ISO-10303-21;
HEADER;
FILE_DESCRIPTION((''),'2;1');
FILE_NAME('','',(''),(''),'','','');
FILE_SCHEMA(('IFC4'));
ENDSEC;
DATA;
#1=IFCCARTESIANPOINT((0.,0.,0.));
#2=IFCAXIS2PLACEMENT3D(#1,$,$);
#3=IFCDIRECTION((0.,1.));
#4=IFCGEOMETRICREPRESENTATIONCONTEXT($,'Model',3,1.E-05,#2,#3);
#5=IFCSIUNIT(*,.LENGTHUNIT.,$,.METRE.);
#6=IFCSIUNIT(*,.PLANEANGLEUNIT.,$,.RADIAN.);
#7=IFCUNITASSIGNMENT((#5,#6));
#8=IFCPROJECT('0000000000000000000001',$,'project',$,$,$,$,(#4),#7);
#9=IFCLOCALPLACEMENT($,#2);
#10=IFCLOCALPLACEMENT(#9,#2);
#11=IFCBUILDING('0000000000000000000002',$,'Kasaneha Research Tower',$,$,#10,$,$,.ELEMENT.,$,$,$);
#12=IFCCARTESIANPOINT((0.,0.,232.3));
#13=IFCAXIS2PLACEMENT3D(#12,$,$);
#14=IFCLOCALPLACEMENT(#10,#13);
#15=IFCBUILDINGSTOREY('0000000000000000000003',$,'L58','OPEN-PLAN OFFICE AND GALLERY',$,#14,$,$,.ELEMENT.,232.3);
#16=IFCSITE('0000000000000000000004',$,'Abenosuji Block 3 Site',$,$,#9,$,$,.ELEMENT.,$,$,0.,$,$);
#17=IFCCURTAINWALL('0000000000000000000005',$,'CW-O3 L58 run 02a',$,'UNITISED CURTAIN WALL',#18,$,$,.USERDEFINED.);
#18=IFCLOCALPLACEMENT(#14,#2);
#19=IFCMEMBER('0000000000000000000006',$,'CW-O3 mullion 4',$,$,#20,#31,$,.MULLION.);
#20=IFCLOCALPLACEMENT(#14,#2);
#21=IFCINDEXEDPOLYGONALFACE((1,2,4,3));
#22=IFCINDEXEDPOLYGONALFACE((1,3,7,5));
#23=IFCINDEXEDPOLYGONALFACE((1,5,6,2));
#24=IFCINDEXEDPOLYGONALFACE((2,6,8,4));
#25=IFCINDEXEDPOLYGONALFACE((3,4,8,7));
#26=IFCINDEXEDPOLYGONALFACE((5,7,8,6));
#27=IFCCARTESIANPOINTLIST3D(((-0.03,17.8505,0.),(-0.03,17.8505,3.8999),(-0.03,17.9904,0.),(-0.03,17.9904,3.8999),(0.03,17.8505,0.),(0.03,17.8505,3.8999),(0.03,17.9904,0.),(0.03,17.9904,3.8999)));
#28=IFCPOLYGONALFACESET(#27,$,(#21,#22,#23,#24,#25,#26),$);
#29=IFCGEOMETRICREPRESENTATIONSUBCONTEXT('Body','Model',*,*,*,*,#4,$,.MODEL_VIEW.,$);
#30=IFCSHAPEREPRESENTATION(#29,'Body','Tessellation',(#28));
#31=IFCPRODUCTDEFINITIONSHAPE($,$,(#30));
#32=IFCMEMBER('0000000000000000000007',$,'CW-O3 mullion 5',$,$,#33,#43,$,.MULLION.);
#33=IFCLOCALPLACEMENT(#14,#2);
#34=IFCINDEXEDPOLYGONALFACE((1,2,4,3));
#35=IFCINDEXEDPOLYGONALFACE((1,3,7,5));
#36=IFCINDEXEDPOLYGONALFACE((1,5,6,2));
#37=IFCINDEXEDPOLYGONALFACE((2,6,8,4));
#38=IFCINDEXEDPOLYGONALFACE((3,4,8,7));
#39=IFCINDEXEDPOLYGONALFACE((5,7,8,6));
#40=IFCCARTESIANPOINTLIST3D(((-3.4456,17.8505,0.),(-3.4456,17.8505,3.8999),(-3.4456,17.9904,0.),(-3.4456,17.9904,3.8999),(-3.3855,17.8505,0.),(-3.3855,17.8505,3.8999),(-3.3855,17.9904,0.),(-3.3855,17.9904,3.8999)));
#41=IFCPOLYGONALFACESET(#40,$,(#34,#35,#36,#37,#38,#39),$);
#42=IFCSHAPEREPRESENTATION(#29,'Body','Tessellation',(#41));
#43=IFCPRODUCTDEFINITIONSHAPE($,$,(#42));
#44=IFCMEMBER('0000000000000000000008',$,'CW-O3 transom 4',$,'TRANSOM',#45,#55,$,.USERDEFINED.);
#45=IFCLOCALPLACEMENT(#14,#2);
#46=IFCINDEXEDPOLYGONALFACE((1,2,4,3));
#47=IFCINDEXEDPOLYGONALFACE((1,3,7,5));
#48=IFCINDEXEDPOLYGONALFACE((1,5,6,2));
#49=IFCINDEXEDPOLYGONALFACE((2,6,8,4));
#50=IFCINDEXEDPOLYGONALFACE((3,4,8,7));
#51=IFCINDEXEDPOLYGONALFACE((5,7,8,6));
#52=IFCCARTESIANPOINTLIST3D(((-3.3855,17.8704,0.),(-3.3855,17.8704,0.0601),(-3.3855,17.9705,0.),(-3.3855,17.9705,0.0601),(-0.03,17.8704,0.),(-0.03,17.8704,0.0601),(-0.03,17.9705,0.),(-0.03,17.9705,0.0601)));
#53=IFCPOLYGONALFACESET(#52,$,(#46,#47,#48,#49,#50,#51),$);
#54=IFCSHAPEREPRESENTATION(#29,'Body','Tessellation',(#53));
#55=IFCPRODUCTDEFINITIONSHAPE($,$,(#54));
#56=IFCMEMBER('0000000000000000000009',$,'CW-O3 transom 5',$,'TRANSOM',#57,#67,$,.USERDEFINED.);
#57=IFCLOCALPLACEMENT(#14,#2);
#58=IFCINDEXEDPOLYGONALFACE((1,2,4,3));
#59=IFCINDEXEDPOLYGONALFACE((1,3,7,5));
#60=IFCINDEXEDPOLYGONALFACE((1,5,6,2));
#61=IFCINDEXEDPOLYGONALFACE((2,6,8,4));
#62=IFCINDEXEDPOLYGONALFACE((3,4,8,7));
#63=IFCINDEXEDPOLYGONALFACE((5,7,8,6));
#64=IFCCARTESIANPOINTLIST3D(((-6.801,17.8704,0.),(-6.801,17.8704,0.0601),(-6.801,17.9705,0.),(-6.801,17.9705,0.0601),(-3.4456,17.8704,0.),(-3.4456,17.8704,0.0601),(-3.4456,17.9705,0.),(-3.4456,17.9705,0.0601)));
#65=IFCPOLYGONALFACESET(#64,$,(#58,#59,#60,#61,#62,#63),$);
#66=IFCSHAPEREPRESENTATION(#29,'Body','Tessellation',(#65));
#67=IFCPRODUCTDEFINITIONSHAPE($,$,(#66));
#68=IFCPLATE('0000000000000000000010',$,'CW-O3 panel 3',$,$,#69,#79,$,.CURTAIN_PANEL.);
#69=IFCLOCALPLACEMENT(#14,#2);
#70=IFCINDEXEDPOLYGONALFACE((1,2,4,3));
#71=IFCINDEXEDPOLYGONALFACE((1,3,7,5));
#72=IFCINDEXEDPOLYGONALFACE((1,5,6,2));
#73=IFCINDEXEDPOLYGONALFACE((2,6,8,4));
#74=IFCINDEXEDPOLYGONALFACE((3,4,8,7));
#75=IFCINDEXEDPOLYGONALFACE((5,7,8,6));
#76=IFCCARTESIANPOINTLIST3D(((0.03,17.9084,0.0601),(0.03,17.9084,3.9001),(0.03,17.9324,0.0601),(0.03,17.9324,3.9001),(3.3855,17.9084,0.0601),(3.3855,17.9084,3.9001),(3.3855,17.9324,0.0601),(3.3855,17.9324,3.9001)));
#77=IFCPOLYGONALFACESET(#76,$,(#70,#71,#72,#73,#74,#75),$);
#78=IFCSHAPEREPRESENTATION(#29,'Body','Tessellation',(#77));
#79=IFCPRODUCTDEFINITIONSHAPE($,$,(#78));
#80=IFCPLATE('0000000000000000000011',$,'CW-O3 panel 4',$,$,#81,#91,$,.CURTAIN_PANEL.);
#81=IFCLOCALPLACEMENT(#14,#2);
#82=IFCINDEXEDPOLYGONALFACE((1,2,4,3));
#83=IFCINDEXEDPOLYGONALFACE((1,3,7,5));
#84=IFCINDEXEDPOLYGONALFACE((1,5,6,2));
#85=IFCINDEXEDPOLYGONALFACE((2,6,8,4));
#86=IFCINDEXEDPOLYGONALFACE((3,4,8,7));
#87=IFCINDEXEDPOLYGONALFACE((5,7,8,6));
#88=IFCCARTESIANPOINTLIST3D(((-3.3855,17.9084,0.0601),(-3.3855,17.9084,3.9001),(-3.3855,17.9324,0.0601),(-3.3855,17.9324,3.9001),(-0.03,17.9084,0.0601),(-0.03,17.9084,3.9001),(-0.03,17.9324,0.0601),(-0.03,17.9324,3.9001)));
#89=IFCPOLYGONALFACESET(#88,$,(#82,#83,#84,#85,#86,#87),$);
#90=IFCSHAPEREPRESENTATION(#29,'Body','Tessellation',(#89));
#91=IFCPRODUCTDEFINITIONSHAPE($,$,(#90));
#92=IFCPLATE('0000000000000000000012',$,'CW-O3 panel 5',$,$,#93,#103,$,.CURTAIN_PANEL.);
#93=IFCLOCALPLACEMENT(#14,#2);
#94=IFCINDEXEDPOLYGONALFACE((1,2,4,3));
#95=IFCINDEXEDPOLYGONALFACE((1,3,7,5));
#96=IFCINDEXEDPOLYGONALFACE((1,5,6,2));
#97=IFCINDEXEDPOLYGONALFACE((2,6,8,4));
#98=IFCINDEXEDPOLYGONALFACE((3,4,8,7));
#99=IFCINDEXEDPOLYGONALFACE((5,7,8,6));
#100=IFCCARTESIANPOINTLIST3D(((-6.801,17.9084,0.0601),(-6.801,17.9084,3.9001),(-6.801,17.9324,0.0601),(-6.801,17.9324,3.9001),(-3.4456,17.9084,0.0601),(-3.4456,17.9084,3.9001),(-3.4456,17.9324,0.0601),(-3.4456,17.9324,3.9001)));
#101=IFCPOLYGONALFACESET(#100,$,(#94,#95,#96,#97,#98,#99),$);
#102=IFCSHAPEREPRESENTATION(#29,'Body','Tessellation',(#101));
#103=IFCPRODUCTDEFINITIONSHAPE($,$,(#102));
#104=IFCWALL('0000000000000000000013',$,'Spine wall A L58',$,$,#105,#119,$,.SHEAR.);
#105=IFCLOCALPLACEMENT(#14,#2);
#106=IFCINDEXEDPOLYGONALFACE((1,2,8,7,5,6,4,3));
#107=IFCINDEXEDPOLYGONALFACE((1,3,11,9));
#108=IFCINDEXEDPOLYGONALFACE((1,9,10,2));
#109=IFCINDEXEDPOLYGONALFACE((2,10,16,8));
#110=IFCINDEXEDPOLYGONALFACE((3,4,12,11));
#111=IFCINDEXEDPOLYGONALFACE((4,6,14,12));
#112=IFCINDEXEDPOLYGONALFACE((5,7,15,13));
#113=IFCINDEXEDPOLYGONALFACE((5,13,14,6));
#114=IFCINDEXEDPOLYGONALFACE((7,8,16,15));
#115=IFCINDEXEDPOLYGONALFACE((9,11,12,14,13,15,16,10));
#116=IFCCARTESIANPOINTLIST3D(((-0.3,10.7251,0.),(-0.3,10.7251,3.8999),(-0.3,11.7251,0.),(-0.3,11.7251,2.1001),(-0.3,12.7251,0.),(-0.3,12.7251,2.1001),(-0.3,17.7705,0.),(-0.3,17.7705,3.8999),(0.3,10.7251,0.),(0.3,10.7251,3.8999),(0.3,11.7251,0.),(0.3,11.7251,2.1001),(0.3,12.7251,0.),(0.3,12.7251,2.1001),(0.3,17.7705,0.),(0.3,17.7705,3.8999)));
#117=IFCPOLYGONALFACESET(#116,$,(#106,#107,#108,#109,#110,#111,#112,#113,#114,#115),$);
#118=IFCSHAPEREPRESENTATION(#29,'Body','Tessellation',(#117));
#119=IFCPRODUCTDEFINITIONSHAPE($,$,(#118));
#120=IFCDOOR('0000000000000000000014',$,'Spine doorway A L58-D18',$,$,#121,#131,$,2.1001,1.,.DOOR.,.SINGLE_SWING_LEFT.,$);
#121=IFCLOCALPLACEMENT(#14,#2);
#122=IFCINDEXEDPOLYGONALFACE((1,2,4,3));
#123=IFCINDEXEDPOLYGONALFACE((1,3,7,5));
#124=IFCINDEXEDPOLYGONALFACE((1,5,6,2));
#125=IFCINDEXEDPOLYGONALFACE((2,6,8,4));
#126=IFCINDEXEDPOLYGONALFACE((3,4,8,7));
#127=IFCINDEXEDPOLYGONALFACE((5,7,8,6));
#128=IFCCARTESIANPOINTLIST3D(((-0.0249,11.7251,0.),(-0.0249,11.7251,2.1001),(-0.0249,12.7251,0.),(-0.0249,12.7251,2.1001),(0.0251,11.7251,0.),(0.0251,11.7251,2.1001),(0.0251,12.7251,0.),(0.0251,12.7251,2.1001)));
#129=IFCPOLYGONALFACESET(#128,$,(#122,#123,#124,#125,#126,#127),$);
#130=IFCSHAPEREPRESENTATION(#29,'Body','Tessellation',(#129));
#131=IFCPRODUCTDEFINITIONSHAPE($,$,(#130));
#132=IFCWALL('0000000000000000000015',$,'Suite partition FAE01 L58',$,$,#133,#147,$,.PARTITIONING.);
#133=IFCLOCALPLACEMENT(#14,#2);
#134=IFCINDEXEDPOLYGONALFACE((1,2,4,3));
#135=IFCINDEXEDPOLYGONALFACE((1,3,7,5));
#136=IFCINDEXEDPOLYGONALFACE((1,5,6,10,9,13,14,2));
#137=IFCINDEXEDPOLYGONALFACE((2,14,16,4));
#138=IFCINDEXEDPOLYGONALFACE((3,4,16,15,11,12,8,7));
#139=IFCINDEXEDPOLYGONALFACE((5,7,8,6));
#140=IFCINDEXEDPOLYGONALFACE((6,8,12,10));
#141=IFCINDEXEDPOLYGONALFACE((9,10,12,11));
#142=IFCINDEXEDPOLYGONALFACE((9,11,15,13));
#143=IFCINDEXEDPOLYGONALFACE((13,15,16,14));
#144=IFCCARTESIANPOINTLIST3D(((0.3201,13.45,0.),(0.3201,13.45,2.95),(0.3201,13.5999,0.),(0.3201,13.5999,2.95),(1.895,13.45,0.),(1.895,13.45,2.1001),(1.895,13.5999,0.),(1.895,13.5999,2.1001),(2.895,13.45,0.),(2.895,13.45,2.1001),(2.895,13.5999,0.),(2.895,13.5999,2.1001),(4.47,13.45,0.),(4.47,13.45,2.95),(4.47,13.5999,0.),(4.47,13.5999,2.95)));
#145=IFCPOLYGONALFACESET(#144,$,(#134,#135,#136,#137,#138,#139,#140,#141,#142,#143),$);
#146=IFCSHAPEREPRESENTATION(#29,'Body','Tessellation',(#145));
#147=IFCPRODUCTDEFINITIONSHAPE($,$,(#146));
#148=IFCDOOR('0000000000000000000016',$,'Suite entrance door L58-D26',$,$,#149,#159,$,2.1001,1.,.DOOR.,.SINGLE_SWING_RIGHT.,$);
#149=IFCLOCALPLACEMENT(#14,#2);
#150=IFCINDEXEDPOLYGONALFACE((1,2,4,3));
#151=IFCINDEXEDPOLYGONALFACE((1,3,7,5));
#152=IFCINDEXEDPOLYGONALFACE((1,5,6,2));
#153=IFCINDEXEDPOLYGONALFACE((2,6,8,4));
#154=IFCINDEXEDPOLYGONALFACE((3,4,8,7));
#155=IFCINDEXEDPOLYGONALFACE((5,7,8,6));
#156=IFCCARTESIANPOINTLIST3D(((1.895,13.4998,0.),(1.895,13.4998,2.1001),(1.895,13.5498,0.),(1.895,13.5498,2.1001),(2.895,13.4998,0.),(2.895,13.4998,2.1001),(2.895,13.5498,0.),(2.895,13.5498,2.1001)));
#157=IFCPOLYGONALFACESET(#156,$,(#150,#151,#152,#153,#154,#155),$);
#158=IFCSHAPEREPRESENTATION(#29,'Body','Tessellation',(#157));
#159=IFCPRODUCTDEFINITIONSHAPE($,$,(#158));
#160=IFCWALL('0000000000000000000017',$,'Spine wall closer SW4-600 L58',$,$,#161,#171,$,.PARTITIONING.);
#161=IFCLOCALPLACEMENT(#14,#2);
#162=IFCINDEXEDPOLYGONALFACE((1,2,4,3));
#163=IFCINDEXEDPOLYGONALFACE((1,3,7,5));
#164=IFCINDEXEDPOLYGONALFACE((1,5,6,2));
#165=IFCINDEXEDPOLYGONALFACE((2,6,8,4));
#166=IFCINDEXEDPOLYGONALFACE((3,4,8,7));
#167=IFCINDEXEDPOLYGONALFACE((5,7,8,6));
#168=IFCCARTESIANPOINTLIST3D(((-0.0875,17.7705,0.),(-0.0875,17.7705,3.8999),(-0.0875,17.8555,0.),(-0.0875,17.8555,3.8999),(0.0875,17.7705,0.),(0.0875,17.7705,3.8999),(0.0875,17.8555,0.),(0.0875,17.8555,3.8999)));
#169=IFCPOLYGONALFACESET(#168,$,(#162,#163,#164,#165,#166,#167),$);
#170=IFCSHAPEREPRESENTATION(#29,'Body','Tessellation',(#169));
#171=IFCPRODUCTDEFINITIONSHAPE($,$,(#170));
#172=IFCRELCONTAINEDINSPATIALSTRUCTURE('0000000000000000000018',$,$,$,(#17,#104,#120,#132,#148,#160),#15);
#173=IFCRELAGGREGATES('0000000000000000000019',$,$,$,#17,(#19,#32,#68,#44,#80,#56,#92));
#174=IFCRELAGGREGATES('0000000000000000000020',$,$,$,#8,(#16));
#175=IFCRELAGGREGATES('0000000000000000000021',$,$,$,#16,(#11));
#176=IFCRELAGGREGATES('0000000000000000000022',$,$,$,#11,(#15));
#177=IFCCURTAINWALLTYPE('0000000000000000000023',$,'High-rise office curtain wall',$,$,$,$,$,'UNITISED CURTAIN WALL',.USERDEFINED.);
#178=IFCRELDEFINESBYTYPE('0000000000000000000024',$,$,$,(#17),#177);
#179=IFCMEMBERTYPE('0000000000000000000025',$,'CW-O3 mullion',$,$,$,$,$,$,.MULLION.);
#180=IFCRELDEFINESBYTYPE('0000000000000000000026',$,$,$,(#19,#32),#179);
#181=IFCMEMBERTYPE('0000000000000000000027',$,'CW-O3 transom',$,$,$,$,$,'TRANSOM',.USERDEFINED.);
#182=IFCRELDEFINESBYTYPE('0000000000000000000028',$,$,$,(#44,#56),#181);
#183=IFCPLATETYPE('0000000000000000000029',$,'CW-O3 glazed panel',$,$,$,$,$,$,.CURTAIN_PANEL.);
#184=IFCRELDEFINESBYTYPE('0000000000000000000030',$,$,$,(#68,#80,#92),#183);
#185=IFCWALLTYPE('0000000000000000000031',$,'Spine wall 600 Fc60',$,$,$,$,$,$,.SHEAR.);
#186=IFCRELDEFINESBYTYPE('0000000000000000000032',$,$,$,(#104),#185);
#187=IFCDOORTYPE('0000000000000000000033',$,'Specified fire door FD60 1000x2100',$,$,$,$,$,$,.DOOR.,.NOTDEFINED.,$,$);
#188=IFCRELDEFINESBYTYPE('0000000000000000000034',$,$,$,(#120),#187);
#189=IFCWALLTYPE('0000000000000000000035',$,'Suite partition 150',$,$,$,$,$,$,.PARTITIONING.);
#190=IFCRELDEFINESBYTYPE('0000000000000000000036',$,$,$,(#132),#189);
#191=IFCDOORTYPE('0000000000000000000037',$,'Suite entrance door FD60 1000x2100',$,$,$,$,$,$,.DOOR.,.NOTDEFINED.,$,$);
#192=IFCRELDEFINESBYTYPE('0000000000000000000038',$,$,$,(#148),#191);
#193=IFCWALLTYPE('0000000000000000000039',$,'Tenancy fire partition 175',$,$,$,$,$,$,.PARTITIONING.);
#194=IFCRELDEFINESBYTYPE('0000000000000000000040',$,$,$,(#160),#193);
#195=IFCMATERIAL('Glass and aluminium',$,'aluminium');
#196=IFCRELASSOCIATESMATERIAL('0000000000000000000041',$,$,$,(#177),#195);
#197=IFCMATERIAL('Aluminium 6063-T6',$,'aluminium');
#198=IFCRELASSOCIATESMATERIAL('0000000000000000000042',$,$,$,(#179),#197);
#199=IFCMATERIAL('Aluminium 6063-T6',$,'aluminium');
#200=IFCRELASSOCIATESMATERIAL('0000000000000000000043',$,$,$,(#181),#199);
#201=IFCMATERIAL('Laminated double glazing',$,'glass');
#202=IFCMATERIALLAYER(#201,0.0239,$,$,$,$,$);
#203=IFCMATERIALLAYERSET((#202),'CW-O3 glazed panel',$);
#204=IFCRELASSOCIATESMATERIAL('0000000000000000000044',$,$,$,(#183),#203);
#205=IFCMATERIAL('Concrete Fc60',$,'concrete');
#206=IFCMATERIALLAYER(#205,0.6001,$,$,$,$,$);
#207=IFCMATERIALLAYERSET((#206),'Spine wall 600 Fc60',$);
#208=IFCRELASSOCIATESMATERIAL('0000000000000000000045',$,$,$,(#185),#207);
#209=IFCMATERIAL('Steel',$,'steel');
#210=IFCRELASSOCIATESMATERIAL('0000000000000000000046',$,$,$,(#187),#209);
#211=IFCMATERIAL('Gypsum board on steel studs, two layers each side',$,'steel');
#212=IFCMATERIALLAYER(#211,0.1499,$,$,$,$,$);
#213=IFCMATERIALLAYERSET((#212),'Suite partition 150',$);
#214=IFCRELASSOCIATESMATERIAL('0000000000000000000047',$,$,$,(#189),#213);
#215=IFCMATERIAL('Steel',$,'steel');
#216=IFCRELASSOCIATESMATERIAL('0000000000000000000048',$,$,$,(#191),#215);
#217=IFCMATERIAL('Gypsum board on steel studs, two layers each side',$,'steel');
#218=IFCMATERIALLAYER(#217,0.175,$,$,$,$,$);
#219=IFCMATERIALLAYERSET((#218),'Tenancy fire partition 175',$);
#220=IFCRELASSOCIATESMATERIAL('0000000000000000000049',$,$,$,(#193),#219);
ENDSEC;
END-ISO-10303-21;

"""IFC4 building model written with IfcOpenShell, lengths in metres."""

from ifc_helpers import new_model, si_unit, direction, frame, frame_2d, origin, origin_2d, place, context, subcontext, project, spatial, rectangle, extrude, material, layer, layer_set, material_profile, profile_set, type_object, element, fill, aggregate, save


model = new_model("IFC4")

# Units and contexts
model_context = context("Model", 3, precision=1e-05, world=origin(), true_north=direction((0.0, 1.0)))
body_context = subcontext(model_context, "Body", "Model", "MODEL_VIEW")
ifc_project = project(units=[si_unit("LENGTHUNIT", "METRE"), si_unit("PLANEANGLEUNIT", "RADIAN")], contexts=[model_context])

# Site, building, storey
site_placement = place(None, origin())
site = spatial("IfcSite", under=ifc_project, at=site_placement, Name="Abenosuji Block 3 Site", CompositionType="ELEMENT", RefElevation=0.0)
building_placement = place(site_placement, origin())
building = spatial("IfcBuilding", under=site, at=building_placement, Name="Kasaneha Research Tower", CompositionType="ELEMENT")
storey_placement = place(building_placement, frame((0.0, 0.0, 232.3)))
storey = spatial("IfcBuildingStorey", under=building, at=storey_placement, Name="L58", Description="OPEN-PLAN OFFICE AND GALLERY", CompositionType="ELEMENT", Elevation=232.3)

# Curtain wall, members, plates
ifc_material_1 = material(Name="Glass and aluminium", Category="aluminium")
curtain_wall_type = type_object("IfcCurtainWallType", Name="High-rise office curtain wall", ElementType="UNITISED CURTAIN WALL", PredefinedType="USERDEFINED", material=ifc_material_1)
curtain_wall_placement = place(storey_placement, origin())
curtain_wall = element("IfcCurtainWall", 1, at=curtain_wall_placement, inside=storey, type_object=curtain_wall_type, Name="CW-O3 L58 run 02a", ObjectType="UNITISED CURTAIN WALL", PredefinedType="USERDEFINED")
ifc_material_2 = material(Name="Aluminium 6063-T6", Category="aluminium")
ifc_material_profile_1 = material_profile(ifc_material_2, rectangle(XDim=0.0601, YDim=0.1399, at=origin_2d()), Name="CW-O3 mullion 60x140")
ifc_profile_set_1 = profile_set([ifc_material_profile_1], Name="Aluminium 6063-T6")
member_type_1 = type_object("IfcMemberType", Name="CW-O3 mullion", PredefinedType="MULLION", material=ifc_profile_set_1)
member_1_placement = place(storey_placement, frame((0.0, 17.9204, 0.0), z_axis=(0.0, 0.0, 1.0), x_axis=(-1.0, 0.0, 0.0)))
member_1 = element("IfcMember", 2, at=member_1_placement, type_object=member_type_1, Name="CW-O3 mullion 4", PredefinedType="MULLION", context=body_context, shape_type="SweptSolid", body=[
    extrude(rectangle(XDim=0.0601, YDim=0.1399, at=origin_2d()), origin(), (0.0, 0.0, 1.0), 3.8999),
])
member_2_placement = place(storey_placement, frame((-3.4155, 17.9204, 0.0), z_axis=(0.0, 0.0, 1.0), x_axis=(-1.0, 0.0, 0.0)))
member_2 = element("IfcMember", 3, at=member_2_placement, type_object=member_type_1, Name="CW-O3 mullion 5", PredefinedType="MULLION", context=body_context, shape_type="SweptSolid", body=[
    extrude(rectangle(XDim=0.0601, YDim=0.1399, at=origin_2d()), origin(), (0.0, 0.0, 1.0), 3.8999),
])
ifc_material_3 = material(Name="Aluminium 6063-T6", Category="aluminium")
ifc_material_profile_2 = material_profile(ifc_material_3, rectangle(XDim=0.1001, YDim=0.0601, at=origin_2d()), Name="CW-O3 transom 100x60")
ifc_profile_set_2 = profile_set([ifc_material_profile_2], Name="Aluminium 6063-T6")
member_type_2 = type_object("IfcMemberType", Name="CW-O3 transom", ElementType="TRANSOM", PredefinedType="USERDEFINED", material=ifc_profile_set_2)
member_3_placement = place(storey_placement, frame((-0.03, 17.9204, 0.03), z_axis=(-1.0, 0.0, 0.0), x_axis=(0.0, -1.0, 0.0)))
member_3 = element("IfcMember", 4, at=member_3_placement, type_object=member_type_2, Name="CW-O3 transom 4", ObjectType="TRANSOM", PredefinedType="USERDEFINED", context=body_context, shape_type="SweptSolid", body=[
    extrude(rectangle(XDim=0.1001, YDim=0.0601, at=origin_2d()), origin(), (0.0, 0.0, 1.0), 3.3555),
])
member_4_placement = place(storey_placement, frame((-3.4456, 17.9204, 0.03), z_axis=(-1.0, 0.0, 0.0), x_axis=(0.0, -1.0, 0.0)))
member_4 = element("IfcMember", 5, at=member_4_placement, type_object=member_type_2, Name="CW-O3 transom 5", ObjectType="TRANSOM", PredefinedType="USERDEFINED", context=body_context, shape_type="SweptSolid", body=[
    extrude(rectangle(XDim=0.1001, YDim=0.0601, at=origin_2d()), origin(), (0.0, 0.0, 1.0), 3.3555),
])
ifc_material_4 = material(Name="Laminated double glazing", Category="glass")
ifc_layer_1 = layer(ifc_material_4, 0.0239)
ifc_layer_set_1 = layer_set([ifc_layer_1], Name="CW-O3 glazed panel")
plate_type = type_object("IfcPlateType", Name="CW-O3 glazed panel", PredefinedType="CURTAIN_PANEL", material=ifc_layer_set_1)
plate_1_placement = place(storey_placement, frame((1.7078, 17.9204, 0.0601), z_axis=(0.0, 0.0, 1.0), x_axis=(-1.0, 0.0, 0.0)))
plate_1 = element("IfcPlate", 6, at=plate_1_placement, type_object=plate_type, Name="CW-O3 panel 3", PredefinedType="CURTAIN_PANEL", context=body_context, shape_type="SweptSolid", body=[
    extrude(rectangle(XDim=3.3555, YDim=0.0239, at=origin_2d()), origin(), (0.0, 0.0, 1.0), 3.8401),
])
plate_2_placement = place(storey_placement, frame((-1.7078, 17.9204, 0.0601), z_axis=(0.0, 0.0, 1.0), x_axis=(-1.0, 0.0, 0.0)))
plate_2 = element("IfcPlate", 7, at=plate_2_placement, type_object=plate_type, Name="CW-O3 panel 4", PredefinedType="CURTAIN_PANEL", context=body_context, shape_type="SweptSolid", body=[
    extrude(rectangle(XDim=3.3555, YDim=0.0239, at=origin_2d()), origin(), (0.0, 0.0, 1.0), 3.8401),
])
plate_3_placement = place(storey_placement, frame((-5.1233, 17.9204, 0.0601), z_axis=(0.0, 0.0, 1.0), x_axis=(-1.0, 0.0, 0.0)))
plate_3 = element("IfcPlate", 8, at=plate_3_placement, type_object=plate_type, Name="CW-O3 panel 5", PredefinedType="CURTAIN_PANEL", context=body_context, shape_type="SweptSolid", body=[
    extrude(rectangle(XDim=3.3555, YDim=0.0239, at=origin_2d()), origin(), (0.0, 0.0, 1.0), 3.8401),
])
aggregate(curtain_wall, [member_1, member_2, plate_1, member_3, plate_2, member_4, plate_3])

# Walls, openings, doors
ifc_material_5 = material(Name="Concrete Fc60", Category="concrete")
ifc_layer_2 = layer(ifc_material_5, 0.6001)
ifc_layer_set_2 = layer_set([ifc_layer_2], Name="Spine wall 600 Fc60")
wall_type_1 = type_object("IfcWallType", Name="Spine wall 600 Fc60", PredefinedType="SHEAR", material=ifc_layer_set_2)
wall_1_placement = place(storey_placement, frame((0.0, 10.7251, 0.0), z_axis=(0.0, 0.0, 1.0), x_axis=(0.0, 1.0, 0.0)))
wall_1 = element("IfcWall", 9, at=wall_1_placement, inside=storey, type_object=wall_type_1, Name="Spine wall A L58", PredefinedType="SHEAR", context=body_context, shape_type="SweptSolid", body=[
    extrude(rectangle(XDim=7.0454, YDim=0.6001, at=frame_2d((3.5227, 0.0))), origin(), (0.0, 0.0, 1.0), 3.8999),
])
opening_1_placement = place(wall_1_placement, frame((1.0, 0.0, 0.0)))
opening_1 = element("IfcOpeningElement", 10, at=opening_1_placement, cuts=wall_1, PredefinedType="OPENING", context=body_context, shape_type="SweptSolid", body=[
    extrude(rectangle(XDim=1.0, YDim=2.1001, at=frame_2d((0.5, 1.05))), frame((0.0, 0.3101, 0.0), z_axis=(0.0, -1.0, 0.0), x_axis=(1.0, 0.0, 0.0)), (0.0, 0.0, 1.0), 0.6201),
])
ifc_material_6 = material(Name="Steel", Category="steel")
door_type_1 = type_object("IfcDoorType", Name="Specified fire door FD60 1000x2100", OperationType="NOTDEFINED", PredefinedType="DOOR", material=ifc_material_6)
door_1_placement = place(opening_1_placement, origin())
door_1 = element("IfcDoor", 11, at=door_1_placement, inside=storey, type_object=door_type_1, Name="Spine doorway A L58-D18", OperationType="SINGLE_SWING_LEFT", OverallHeight=2.1001, OverallWidth=1.0, PredefinedType="DOOR", context=body_context, shape_type="SweptSolid", body=[
    extrude(rectangle(XDim=1.0, YDim=2.1001, at=frame_2d((0.5, 1.05))), frame((0.0, 0.0249, 0.0), z_axis=(0.0, -1.0, 0.0), x_axis=(1.0, 0.0, 0.0)), (0.0, 0.0, 1.0), 0.05),
])
fill(opening_1, door_1)
ifc_material_7 = material(Name="Gypsum board on steel studs, two layers each side", Category="steel")
ifc_layer_3 = layer(ifc_material_7, 0.1499)
ifc_layer_set_3 = layer_set([ifc_layer_3], Name="Suite partition 150")
wall_type_2 = type_object("IfcWallType", Name="Suite partition 150", PredefinedType="PARTITIONING", material=ifc_layer_set_3)
wall_2_placement = place(storey_placement, frame((0.3201, 13.5249, 0.0), z_axis=(0.0, 0.0, 1.0), x_axis=(1.0, 0.0, 0.0)))
wall_2 = element("IfcWall", 12, at=wall_2_placement, inside=storey, type_object=wall_type_2, Name="Suite partition FAE01 L58", PredefinedType="PARTITIONING", context=body_context, shape_type="SweptSolid", body=[
    extrude(rectangle(XDim=4.1499, YDim=0.1499, at=frame_2d((2.075, 0.0))), origin(), (0.0, 0.0, 1.0), 2.95),
])
opening_2_placement = place(wall_2_placement, frame((1.575, 0.0, 0.0)))
opening_2 = element("IfcOpeningElement", 13, at=opening_2_placement, cuts=wall_2, PredefinedType="OPENING", context=body_context, shape_type="SweptSolid", body=[
    extrude(rectangle(XDim=1.0, YDim=2.1001, at=frame_2d((0.5, 1.05))), frame((0.0, 0.085, 0.0), z_axis=(0.0, -1.0, 0.0), x_axis=(1.0, 0.0, 0.0)), (0.0, 0.0, 1.0), 0.1699),
])
ifc_material_8 = material(Name="Steel", Category="steel")
door_type_2 = type_object("IfcDoorType", Name="Suite entrance door FD60 1000x2100", OperationType="NOTDEFINED", PredefinedType="DOOR", material=ifc_material_8)
door_2_placement = place(opening_2_placement, origin())
door_2 = element("IfcDoor", 14, at=door_2_placement, inside=storey, type_object=door_type_2, Name="Suite entrance door L58-D26", OperationType="SINGLE_SWING_RIGHT", OverallHeight=2.1001, OverallWidth=1.0, PredefinedType="DOOR", context=body_context, shape_type="SweptSolid", body=[
    extrude(rectangle(XDim=1.0, YDim=2.1001, at=frame_2d((0.5, 1.05))), frame((0.0, 0.0249, 0.0), z_axis=(0.0, -1.0, 0.0), x_axis=(1.0, 0.0, 0.0)), (0.0, 0.0, 1.0), 0.05),
])
fill(opening_2, door_2)

# Wall
ifc_material_9 = material(Name="Gypsum board on steel studs, two layers each side", Category="steel")
ifc_layer_4 = layer(ifc_material_9, 0.175)
ifc_layer_set_4 = layer_set([ifc_layer_4], Name="Tenancy fire partition 175")
wall_type_3 = type_object("IfcWallType", Name="Tenancy fire partition 175", PredefinedType="PARTITIONING", material=ifc_layer_set_4)
wall_3_placement = place(storey_placement, frame((0.0, 17.7705, 0.0), z_axis=(0.0, 0.0, 1.0), x_axis=(0.0, 1.0, 0.0)))
element("IfcWall", 15, at=wall_3_placement, inside=storey, type_object=wall_type_3, Name="Spine wall closer SW4-600 L58", PredefinedType="PARTITIONING", context=body_context, shape_type="SweptSolid", body=[
    extrude(rectangle(XDim=0.085, YDim=0.175, at=frame_2d((0.0425, 0.0))), origin(), (0.0, 0.0, 1.0), 3.8999),
])

save(model, "model.ifc")
